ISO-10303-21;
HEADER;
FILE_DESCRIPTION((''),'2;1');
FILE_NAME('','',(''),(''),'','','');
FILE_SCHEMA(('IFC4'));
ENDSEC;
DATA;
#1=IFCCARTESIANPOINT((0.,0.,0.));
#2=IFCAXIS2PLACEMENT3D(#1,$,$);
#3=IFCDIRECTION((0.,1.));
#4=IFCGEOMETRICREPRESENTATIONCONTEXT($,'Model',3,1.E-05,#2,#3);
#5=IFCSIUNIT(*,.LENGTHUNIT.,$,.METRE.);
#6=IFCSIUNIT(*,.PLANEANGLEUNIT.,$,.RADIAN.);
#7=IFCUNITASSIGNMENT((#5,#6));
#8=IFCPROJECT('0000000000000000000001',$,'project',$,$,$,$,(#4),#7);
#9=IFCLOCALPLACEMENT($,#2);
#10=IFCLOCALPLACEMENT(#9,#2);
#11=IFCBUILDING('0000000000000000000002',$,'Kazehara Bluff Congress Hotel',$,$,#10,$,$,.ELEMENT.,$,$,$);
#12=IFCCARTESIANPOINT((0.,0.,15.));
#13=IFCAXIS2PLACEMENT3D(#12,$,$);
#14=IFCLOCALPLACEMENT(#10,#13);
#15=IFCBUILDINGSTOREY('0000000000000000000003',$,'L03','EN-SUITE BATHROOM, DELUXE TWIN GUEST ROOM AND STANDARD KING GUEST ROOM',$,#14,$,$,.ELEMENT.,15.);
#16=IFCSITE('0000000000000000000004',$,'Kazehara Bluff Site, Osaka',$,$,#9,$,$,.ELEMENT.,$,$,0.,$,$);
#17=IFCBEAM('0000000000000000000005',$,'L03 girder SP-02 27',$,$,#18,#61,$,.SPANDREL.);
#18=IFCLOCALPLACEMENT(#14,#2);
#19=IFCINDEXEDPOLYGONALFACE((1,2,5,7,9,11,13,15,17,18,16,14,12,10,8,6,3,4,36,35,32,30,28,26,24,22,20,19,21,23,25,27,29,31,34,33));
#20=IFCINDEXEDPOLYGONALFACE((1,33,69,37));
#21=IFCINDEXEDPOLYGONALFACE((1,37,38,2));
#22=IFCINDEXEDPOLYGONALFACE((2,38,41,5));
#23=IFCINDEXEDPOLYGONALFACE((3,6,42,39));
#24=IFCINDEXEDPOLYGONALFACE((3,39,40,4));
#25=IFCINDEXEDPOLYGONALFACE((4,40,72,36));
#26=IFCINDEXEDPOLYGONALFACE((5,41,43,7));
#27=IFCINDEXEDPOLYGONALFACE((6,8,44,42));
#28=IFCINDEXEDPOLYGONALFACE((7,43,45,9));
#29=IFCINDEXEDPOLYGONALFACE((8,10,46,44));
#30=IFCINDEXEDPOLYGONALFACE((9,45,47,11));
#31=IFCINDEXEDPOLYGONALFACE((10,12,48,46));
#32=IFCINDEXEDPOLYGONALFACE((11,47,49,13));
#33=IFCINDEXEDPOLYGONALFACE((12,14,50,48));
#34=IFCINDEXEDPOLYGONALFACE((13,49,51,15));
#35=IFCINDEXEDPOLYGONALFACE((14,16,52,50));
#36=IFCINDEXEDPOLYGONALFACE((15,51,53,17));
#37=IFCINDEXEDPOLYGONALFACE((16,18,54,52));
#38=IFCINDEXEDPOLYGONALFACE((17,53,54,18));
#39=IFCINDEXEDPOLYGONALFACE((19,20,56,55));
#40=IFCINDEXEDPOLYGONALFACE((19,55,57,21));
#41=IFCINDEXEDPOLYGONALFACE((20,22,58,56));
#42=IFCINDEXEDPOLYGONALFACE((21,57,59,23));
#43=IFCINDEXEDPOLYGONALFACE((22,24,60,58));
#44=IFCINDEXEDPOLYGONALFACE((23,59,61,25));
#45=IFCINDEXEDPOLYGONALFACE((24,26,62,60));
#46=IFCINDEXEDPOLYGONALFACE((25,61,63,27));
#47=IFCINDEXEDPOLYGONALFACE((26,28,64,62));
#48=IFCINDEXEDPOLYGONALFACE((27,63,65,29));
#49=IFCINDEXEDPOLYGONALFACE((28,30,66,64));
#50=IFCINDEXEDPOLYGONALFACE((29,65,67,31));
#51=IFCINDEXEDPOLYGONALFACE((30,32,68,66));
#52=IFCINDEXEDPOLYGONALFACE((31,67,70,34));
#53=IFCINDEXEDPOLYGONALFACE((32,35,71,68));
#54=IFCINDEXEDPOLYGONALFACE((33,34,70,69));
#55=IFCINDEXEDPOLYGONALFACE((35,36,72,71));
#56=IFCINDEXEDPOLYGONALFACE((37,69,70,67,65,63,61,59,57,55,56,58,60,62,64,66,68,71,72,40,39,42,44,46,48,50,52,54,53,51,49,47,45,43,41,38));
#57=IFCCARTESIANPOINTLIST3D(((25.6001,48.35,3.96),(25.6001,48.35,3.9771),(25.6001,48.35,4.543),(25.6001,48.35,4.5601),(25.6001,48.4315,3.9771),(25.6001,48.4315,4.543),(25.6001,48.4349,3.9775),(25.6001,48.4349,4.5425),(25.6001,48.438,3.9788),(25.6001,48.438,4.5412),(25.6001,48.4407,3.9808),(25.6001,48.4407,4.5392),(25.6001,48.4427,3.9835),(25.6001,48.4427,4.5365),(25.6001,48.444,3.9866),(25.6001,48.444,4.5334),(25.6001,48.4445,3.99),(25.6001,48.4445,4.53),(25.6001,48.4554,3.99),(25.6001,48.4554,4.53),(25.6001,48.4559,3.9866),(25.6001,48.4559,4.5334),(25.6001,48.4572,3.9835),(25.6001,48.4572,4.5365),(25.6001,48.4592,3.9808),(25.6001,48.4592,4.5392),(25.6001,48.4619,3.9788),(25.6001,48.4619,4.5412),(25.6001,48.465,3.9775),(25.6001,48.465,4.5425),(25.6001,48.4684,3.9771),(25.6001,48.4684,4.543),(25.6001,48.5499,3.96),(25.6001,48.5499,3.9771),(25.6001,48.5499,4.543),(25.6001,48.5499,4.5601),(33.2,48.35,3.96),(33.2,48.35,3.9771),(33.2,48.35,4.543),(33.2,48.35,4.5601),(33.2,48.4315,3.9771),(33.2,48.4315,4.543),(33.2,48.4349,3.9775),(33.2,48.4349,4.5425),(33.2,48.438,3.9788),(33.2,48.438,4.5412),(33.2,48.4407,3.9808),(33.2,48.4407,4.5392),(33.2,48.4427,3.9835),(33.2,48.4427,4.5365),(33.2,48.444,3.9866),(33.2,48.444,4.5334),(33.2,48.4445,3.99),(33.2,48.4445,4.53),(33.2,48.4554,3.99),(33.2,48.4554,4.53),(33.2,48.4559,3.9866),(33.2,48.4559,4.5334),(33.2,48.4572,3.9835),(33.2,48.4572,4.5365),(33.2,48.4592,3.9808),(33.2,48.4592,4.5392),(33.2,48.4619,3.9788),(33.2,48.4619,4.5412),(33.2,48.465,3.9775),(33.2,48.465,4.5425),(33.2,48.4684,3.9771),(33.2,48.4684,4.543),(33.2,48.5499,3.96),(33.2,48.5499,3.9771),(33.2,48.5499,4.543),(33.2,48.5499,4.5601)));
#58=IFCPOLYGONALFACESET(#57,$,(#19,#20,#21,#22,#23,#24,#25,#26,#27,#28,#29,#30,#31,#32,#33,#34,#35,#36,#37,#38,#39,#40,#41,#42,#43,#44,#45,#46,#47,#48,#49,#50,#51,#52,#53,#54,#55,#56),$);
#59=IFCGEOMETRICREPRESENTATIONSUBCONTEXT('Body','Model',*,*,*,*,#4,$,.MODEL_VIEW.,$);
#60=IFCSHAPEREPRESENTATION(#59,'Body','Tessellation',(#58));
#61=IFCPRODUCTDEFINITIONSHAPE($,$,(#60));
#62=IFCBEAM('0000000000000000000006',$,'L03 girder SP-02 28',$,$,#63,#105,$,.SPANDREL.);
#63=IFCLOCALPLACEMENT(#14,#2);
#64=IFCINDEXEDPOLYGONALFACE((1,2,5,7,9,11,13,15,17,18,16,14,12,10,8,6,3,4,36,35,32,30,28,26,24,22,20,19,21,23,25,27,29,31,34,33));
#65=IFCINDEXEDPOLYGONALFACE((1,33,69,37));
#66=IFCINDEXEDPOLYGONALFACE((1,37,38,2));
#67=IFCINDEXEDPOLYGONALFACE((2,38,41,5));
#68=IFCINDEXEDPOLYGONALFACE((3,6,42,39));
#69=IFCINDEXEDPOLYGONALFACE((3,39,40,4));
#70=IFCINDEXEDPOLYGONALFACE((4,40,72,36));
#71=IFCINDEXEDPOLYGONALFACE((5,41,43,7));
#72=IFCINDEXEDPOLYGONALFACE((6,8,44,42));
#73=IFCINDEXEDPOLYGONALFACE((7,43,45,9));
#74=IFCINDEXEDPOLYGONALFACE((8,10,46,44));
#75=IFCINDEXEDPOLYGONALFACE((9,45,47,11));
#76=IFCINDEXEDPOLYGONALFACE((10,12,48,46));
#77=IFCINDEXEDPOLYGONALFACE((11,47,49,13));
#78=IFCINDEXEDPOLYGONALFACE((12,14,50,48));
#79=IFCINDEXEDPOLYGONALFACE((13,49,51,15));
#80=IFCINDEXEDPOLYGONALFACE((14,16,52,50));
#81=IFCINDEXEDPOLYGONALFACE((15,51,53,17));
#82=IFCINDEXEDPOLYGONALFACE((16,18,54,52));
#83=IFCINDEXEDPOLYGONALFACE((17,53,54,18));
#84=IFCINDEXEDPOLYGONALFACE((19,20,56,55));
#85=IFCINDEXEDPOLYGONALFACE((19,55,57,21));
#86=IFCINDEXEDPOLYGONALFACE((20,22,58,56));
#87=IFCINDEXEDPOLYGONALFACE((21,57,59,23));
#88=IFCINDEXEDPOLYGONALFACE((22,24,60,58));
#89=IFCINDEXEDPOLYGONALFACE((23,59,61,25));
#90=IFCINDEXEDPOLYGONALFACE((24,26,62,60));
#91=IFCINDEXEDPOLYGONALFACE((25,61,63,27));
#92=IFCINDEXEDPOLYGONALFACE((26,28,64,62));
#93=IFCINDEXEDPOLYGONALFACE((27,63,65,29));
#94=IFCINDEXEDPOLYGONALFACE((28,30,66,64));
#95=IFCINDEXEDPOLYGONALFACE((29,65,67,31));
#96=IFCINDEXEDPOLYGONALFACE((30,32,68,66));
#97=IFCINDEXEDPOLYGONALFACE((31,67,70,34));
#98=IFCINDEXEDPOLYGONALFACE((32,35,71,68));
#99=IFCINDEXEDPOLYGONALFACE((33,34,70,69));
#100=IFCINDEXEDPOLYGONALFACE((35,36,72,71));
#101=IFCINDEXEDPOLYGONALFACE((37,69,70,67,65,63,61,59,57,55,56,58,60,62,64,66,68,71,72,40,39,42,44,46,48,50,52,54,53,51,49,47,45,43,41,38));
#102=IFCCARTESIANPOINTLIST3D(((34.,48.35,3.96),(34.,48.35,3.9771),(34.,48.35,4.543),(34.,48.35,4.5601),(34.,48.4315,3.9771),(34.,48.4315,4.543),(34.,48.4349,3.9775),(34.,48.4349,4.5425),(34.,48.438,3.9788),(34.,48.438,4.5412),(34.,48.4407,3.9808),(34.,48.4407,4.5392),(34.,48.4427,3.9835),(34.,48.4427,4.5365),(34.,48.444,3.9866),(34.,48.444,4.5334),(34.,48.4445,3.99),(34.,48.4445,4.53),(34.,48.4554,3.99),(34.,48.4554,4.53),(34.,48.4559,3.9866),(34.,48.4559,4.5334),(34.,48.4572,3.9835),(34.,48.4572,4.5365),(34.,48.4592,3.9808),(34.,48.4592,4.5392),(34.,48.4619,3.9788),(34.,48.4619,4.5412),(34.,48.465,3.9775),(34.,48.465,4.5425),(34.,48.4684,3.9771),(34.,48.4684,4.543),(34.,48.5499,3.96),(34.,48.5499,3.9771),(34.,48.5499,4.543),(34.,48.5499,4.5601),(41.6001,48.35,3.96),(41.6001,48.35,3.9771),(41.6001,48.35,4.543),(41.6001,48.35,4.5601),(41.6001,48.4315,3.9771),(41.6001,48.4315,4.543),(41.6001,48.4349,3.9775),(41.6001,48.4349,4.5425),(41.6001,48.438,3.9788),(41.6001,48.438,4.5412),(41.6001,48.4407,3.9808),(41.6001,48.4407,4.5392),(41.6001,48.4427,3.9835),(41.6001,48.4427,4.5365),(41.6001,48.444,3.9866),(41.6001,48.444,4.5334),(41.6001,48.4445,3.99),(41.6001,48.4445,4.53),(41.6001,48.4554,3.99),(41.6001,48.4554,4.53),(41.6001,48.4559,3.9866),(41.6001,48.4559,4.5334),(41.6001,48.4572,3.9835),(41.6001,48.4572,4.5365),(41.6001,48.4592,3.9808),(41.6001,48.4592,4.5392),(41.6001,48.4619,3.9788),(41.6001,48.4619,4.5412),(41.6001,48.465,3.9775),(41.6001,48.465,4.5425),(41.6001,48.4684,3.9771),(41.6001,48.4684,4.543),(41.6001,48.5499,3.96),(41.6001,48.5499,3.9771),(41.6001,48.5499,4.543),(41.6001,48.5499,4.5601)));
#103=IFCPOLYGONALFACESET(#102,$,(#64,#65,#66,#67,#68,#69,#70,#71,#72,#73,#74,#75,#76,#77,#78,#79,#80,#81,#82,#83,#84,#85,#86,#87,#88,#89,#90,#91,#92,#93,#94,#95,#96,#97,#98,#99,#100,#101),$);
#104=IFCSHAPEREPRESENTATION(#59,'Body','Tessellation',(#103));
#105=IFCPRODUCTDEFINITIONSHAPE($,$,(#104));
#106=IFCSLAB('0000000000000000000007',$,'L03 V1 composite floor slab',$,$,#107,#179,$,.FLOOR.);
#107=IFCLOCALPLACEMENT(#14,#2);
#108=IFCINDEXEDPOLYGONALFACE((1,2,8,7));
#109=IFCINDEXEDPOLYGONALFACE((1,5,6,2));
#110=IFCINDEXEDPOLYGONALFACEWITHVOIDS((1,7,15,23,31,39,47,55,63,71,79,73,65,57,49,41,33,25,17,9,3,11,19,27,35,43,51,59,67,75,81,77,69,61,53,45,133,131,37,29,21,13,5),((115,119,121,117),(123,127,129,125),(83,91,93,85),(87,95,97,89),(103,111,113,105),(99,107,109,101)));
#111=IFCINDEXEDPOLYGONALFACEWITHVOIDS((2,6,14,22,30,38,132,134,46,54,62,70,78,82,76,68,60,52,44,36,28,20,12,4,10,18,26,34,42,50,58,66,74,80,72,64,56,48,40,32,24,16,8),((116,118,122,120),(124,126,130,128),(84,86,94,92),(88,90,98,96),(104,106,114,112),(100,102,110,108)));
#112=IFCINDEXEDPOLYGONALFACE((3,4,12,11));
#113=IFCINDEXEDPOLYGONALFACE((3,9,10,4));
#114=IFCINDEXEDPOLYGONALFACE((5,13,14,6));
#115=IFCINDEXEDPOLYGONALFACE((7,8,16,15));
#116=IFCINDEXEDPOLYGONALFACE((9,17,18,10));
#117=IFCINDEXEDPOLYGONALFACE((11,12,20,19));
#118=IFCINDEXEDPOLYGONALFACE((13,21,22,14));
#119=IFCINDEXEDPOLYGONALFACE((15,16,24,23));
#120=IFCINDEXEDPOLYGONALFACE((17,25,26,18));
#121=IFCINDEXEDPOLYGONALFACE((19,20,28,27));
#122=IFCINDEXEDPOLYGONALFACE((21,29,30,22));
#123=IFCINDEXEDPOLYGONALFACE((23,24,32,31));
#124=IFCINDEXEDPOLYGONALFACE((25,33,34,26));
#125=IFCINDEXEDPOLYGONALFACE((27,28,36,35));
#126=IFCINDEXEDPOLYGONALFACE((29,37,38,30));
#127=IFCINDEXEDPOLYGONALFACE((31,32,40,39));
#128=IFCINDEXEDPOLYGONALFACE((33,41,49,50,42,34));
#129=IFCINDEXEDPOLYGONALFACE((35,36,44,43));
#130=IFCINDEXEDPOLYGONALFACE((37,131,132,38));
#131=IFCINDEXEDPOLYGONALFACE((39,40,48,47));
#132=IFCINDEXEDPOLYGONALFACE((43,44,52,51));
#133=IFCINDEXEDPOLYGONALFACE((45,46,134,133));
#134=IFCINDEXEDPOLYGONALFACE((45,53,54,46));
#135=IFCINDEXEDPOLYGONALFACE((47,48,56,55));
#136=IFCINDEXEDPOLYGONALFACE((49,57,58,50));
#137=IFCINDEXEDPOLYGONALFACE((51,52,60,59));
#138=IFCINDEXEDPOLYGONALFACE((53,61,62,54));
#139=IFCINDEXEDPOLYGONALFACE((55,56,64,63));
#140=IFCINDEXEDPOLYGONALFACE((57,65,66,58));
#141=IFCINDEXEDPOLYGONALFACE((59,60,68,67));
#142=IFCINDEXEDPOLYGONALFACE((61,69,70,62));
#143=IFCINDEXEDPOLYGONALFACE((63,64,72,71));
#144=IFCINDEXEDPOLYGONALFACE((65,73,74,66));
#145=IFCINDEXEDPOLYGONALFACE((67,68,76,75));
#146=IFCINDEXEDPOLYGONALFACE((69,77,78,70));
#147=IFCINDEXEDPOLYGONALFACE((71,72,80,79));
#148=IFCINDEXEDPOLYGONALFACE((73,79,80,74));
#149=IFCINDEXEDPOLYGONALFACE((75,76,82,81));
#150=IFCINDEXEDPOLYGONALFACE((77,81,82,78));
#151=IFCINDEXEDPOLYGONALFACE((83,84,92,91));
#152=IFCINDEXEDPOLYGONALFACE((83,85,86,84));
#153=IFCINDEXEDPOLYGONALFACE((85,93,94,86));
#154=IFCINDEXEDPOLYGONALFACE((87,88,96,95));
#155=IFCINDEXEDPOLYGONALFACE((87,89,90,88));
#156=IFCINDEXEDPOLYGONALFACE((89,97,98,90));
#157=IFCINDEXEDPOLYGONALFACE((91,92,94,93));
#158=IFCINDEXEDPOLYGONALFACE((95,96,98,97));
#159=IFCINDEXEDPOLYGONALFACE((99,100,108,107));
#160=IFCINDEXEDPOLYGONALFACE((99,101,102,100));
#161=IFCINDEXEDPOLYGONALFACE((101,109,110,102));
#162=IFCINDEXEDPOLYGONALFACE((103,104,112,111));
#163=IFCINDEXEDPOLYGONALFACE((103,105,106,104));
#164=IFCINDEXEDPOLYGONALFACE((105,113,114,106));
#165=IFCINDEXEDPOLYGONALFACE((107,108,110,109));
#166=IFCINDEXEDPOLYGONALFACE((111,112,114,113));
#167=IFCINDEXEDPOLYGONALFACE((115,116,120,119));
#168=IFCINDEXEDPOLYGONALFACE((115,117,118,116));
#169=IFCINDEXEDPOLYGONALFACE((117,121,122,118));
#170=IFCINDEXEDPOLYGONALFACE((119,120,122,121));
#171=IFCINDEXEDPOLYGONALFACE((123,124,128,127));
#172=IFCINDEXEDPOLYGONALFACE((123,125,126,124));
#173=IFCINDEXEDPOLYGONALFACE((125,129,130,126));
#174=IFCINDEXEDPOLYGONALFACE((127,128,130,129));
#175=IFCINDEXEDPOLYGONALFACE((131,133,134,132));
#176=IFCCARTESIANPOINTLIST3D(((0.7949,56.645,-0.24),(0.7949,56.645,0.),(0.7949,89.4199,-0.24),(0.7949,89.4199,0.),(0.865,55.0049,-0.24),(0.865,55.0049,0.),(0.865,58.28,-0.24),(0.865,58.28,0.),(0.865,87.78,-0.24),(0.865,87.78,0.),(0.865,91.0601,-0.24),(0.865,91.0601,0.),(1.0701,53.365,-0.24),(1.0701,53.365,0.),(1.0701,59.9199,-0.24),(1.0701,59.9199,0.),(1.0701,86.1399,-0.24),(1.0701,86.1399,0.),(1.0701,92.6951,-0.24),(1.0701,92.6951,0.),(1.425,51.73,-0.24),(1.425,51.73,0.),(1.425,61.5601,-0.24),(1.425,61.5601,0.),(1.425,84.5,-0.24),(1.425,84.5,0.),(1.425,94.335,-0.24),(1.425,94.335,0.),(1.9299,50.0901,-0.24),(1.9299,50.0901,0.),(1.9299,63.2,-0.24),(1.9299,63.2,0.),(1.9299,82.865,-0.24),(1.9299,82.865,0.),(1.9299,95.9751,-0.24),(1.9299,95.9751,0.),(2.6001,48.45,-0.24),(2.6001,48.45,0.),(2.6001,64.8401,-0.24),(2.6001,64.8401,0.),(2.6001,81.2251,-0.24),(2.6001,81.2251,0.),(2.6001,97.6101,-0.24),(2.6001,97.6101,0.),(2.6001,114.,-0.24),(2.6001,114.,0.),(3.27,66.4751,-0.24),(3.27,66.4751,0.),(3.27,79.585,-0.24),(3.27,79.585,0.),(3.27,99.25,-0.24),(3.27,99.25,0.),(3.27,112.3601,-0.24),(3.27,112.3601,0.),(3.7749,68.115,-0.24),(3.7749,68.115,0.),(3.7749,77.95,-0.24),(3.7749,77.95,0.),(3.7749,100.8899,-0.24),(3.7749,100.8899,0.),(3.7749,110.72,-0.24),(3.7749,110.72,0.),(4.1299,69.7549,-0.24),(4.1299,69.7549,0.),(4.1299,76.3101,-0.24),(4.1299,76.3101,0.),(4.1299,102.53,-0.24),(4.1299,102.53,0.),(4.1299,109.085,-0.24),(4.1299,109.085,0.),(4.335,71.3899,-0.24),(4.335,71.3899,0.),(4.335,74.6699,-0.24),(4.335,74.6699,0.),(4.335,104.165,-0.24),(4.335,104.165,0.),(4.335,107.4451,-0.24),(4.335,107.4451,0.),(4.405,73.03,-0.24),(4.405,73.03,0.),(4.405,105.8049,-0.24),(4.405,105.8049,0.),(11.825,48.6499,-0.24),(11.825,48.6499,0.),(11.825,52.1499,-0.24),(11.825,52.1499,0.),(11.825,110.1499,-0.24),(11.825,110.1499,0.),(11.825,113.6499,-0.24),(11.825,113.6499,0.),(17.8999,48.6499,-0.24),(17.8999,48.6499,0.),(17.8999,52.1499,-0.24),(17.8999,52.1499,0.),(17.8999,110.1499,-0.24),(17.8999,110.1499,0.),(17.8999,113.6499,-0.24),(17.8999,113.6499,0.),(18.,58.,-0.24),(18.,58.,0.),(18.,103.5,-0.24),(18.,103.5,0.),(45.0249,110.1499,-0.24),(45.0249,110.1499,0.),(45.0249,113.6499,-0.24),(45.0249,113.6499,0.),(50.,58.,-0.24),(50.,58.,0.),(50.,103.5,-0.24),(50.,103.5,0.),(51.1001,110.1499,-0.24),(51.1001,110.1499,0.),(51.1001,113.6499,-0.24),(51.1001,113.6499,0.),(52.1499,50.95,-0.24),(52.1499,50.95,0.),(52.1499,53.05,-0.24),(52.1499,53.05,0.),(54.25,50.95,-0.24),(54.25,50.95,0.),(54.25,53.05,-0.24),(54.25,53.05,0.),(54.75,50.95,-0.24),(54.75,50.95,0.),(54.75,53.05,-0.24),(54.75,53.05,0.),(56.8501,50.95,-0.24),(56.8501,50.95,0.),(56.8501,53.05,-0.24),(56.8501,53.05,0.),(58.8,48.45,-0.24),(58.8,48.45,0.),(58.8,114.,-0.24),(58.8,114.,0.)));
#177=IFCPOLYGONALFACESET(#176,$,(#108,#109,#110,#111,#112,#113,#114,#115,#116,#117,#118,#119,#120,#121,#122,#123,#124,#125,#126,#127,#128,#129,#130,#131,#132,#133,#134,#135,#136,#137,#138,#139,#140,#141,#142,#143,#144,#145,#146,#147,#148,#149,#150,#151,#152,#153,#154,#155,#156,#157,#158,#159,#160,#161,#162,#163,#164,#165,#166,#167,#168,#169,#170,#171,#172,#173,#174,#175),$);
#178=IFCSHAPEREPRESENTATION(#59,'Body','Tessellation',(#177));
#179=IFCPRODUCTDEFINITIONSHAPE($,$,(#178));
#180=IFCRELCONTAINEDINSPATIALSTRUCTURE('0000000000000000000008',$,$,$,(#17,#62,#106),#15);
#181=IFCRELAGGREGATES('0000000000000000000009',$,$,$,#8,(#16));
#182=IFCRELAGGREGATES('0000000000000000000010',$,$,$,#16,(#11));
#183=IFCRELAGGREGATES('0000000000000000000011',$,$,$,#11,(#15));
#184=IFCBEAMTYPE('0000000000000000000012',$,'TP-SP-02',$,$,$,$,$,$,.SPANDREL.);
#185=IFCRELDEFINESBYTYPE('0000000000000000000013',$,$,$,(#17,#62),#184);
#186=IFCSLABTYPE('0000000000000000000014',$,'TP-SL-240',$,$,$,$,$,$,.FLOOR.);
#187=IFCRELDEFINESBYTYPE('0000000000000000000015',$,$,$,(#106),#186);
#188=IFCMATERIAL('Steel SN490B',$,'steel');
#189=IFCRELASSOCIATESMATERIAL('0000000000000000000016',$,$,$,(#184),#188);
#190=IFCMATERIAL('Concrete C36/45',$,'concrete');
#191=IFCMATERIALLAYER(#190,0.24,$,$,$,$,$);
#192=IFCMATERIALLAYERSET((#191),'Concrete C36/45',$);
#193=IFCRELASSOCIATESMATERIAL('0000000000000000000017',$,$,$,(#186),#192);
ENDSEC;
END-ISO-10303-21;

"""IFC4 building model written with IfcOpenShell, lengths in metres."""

from ifc_helpers import new_model, si_unit, direction, frame, origin, origin_2d, place, context, subcontext, project, spatial, polyline, i_section, outline, extrude, material, layer, layer_set, material_profile, profile_set, type_object, element, save


model = new_model("IFC4")

# Units and contexts
model_context = context("Model", 3, precision=1e-05, world=origin(), true_north=direction((0.0, 1.0)))
body_context = subcontext(model_context, "Body", "Model", "MODEL_VIEW")
ifc_project = project(units=[si_unit("LENGTHUNIT", "METRE"), si_unit("PLANEANGLEUNIT", "RADIAN")], contexts=[model_context])

# Site, building, storey
site_placement = place(None, origin())
site = spatial("IfcSite", under=ifc_project, at=site_placement, Name="Kazehara Bluff Site, Osaka", CompositionType="ELEMENT", RefElevation=0.0)
building_placement = place(site_placement, origin())
building = spatial("IfcBuilding", under=site, at=building_placement, Name="Kazehara Bluff Congress Hotel", CompositionType="ELEMENT")
storey_placement = place(building_placement, frame((0.0, 0.0, 15.0)))
storey = spatial("IfcBuildingStorey", under=building, at=storey_placement, Name="L03", Description="EN-SUITE BATHROOM, DELUXE TWIN GUEST ROOM AND STANDARD KING GUEST ROOM", CompositionType="ELEMENT", Elevation=15.0)

# Beams
ifc_material_1 = material(Name="Steel SN490B", Category="steel")
ifc_material_profile_1 = material_profile(ifc_material_1, i_section(OverallWidth=0.2, OverallDepth=0.6001, WebThickness=0.011, FlangeThickness=0.0171, FilletRadius=0.0129, at=origin_2d()))
ifc_profile_set_1 = profile_set([ifc_material_profile_1], Name="Steel SN490B")
beam_type_1 = type_object("IfcBeamType", Name="TP-SP-02", PredefinedType="SPANDREL", material=ifc_profile_set_1)
beam_1_placement = place(storey_placement, frame((25.6001, 48.45, 4.26), z_axis=(1.0, 0.0, 0.0), x_axis=(0.0, 1.0, 0.0)))
element("IfcBeam", 1, at=beam_1_placement, inside=storey, type_object=beam_type_1, Name="L03 girder SP-02 27", PredefinedType="SPANDREL", context=body_context, shape_type="SweptSolid", body=[
    extrude(i_section(OverallWidth=0.2, OverallDepth=0.6001, WebThickness=0.011, FlangeThickness=0.0171, FilletRadius=0.0129, at=origin_2d()), origin(), (0.0, 0.0, 1.0), 7.5999),
])
beam_2_placement = place(storey_placement, frame((34.0, 48.45, 4.26), z_axis=(1.0, 0.0, 0.0), x_axis=(0.0, 1.0, 0.0)))
element("IfcBeam", 2, at=beam_2_placement, inside=storey, type_object=beam_type_1, Name="L03 girder SP-02 28", PredefinedType="SPANDREL", context=body_context, shape_type="SweptSolid", body=[
    extrude(i_section(OverallWidth=0.2, OverallDepth=0.6001, WebThickness=0.011, FlangeThickness=0.0171, FilletRadius=0.0129, at=origin_2d()), origin(), (0.0, 0.0, 1.0), 7.6001),
])

# Slab
ifc_material_2 = material(Name="Concrete C36/45", Category="concrete")
ifc_layer_1 = layer(ifc_material_2, 0.24)
ifc_layer_set_1 = layer_set([ifc_layer_1], Name="Concrete C36/45")
slab_type_1 = type_object("IfcSlabType", Name="TP-SL-240", PredefinedType="FLOOR", material=ifc_layer_set_1)
slab_1_placement = place(storey_placement, frame((0.0, 0.0, -0.24)))
element("IfcSlab", 3, at=slab_1_placement, inside=storey, type_object=slab_type_1, Name="L03 V1 composite floor slab", PredefinedType="FLOOR", context=body_context, shape_type="SweptSolid", body=[
    extrude(outline(polyline([(58.8, 48.45), (58.8, 114.0), (2.6001, 114.0), (3.27, 112.3601), (3.7749, 110.72), (4.1299, 109.085), (4.335, 107.4451), (4.405, 105.8049), (4.335, 104.165), (4.1299, 102.53), (3.7749, 100.8899), (3.27, 99.25), (2.6001, 97.6101), (1.9299, 95.9751), (1.425, 94.335), (1.0701, 92.6951), (0.865, 91.0601), (0.7949, 89.4199), (0.865, 87.78), (1.0701, 86.1399), (1.425, 84.5), (1.9299, 82.865), (2.6001, 81.2251), (3.27, 79.585), (3.7749, 77.95), (4.1299, 76.3101), (4.335, 74.6699), (4.405, 73.03), (4.335, 71.3899), (4.1299, 69.7549), (3.7749, 68.115), (3.27, 66.4751), (2.6001, 64.8401), (1.9299, 63.2), (1.425, 61.5601), (1.0701, 59.9199), (0.865, 58.28), (0.7949, 56.645), (0.865, 55.0049), (1.0701, 53.365), (1.425, 51.73), (1.9299, 50.0901), (2.6001, 48.45), (58.8, 48.45)]), holes=[polyline([(11.825, 110.1499), (17.8999, 110.1499), (17.8999, 113.6499), (11.825, 113.6499), (11.825, 110.1499)]), polyline([(45.0249, 110.1499), (51.1001, 110.1499), (51.1001, 113.6499), (45.0249, 113.6499), (45.0249, 110.1499)]), polyline([(11.825, 48.6499), (17.8999, 48.6499), (17.8999, 52.1499), (11.825, 52.1499), (11.825, 48.6499)]), polyline([(52.1499, 50.95), (54.25, 50.95), (54.25, 53.05), (52.1499, 53.05), (52.1499, 50.95)]), polyline([(54.75, 50.95), (56.8501, 50.95), (56.8501, 53.05), (54.75, 53.05), (54.75, 50.95)]), polyline([(18.0, 58.0), (50.0, 58.0), (50.0, 103.5), (18.0, 103.5), (18.0, 58.0)])]), origin(), (0.0, 0.0, 1.0), 0.24),
])

save(model, "model.ifc")
